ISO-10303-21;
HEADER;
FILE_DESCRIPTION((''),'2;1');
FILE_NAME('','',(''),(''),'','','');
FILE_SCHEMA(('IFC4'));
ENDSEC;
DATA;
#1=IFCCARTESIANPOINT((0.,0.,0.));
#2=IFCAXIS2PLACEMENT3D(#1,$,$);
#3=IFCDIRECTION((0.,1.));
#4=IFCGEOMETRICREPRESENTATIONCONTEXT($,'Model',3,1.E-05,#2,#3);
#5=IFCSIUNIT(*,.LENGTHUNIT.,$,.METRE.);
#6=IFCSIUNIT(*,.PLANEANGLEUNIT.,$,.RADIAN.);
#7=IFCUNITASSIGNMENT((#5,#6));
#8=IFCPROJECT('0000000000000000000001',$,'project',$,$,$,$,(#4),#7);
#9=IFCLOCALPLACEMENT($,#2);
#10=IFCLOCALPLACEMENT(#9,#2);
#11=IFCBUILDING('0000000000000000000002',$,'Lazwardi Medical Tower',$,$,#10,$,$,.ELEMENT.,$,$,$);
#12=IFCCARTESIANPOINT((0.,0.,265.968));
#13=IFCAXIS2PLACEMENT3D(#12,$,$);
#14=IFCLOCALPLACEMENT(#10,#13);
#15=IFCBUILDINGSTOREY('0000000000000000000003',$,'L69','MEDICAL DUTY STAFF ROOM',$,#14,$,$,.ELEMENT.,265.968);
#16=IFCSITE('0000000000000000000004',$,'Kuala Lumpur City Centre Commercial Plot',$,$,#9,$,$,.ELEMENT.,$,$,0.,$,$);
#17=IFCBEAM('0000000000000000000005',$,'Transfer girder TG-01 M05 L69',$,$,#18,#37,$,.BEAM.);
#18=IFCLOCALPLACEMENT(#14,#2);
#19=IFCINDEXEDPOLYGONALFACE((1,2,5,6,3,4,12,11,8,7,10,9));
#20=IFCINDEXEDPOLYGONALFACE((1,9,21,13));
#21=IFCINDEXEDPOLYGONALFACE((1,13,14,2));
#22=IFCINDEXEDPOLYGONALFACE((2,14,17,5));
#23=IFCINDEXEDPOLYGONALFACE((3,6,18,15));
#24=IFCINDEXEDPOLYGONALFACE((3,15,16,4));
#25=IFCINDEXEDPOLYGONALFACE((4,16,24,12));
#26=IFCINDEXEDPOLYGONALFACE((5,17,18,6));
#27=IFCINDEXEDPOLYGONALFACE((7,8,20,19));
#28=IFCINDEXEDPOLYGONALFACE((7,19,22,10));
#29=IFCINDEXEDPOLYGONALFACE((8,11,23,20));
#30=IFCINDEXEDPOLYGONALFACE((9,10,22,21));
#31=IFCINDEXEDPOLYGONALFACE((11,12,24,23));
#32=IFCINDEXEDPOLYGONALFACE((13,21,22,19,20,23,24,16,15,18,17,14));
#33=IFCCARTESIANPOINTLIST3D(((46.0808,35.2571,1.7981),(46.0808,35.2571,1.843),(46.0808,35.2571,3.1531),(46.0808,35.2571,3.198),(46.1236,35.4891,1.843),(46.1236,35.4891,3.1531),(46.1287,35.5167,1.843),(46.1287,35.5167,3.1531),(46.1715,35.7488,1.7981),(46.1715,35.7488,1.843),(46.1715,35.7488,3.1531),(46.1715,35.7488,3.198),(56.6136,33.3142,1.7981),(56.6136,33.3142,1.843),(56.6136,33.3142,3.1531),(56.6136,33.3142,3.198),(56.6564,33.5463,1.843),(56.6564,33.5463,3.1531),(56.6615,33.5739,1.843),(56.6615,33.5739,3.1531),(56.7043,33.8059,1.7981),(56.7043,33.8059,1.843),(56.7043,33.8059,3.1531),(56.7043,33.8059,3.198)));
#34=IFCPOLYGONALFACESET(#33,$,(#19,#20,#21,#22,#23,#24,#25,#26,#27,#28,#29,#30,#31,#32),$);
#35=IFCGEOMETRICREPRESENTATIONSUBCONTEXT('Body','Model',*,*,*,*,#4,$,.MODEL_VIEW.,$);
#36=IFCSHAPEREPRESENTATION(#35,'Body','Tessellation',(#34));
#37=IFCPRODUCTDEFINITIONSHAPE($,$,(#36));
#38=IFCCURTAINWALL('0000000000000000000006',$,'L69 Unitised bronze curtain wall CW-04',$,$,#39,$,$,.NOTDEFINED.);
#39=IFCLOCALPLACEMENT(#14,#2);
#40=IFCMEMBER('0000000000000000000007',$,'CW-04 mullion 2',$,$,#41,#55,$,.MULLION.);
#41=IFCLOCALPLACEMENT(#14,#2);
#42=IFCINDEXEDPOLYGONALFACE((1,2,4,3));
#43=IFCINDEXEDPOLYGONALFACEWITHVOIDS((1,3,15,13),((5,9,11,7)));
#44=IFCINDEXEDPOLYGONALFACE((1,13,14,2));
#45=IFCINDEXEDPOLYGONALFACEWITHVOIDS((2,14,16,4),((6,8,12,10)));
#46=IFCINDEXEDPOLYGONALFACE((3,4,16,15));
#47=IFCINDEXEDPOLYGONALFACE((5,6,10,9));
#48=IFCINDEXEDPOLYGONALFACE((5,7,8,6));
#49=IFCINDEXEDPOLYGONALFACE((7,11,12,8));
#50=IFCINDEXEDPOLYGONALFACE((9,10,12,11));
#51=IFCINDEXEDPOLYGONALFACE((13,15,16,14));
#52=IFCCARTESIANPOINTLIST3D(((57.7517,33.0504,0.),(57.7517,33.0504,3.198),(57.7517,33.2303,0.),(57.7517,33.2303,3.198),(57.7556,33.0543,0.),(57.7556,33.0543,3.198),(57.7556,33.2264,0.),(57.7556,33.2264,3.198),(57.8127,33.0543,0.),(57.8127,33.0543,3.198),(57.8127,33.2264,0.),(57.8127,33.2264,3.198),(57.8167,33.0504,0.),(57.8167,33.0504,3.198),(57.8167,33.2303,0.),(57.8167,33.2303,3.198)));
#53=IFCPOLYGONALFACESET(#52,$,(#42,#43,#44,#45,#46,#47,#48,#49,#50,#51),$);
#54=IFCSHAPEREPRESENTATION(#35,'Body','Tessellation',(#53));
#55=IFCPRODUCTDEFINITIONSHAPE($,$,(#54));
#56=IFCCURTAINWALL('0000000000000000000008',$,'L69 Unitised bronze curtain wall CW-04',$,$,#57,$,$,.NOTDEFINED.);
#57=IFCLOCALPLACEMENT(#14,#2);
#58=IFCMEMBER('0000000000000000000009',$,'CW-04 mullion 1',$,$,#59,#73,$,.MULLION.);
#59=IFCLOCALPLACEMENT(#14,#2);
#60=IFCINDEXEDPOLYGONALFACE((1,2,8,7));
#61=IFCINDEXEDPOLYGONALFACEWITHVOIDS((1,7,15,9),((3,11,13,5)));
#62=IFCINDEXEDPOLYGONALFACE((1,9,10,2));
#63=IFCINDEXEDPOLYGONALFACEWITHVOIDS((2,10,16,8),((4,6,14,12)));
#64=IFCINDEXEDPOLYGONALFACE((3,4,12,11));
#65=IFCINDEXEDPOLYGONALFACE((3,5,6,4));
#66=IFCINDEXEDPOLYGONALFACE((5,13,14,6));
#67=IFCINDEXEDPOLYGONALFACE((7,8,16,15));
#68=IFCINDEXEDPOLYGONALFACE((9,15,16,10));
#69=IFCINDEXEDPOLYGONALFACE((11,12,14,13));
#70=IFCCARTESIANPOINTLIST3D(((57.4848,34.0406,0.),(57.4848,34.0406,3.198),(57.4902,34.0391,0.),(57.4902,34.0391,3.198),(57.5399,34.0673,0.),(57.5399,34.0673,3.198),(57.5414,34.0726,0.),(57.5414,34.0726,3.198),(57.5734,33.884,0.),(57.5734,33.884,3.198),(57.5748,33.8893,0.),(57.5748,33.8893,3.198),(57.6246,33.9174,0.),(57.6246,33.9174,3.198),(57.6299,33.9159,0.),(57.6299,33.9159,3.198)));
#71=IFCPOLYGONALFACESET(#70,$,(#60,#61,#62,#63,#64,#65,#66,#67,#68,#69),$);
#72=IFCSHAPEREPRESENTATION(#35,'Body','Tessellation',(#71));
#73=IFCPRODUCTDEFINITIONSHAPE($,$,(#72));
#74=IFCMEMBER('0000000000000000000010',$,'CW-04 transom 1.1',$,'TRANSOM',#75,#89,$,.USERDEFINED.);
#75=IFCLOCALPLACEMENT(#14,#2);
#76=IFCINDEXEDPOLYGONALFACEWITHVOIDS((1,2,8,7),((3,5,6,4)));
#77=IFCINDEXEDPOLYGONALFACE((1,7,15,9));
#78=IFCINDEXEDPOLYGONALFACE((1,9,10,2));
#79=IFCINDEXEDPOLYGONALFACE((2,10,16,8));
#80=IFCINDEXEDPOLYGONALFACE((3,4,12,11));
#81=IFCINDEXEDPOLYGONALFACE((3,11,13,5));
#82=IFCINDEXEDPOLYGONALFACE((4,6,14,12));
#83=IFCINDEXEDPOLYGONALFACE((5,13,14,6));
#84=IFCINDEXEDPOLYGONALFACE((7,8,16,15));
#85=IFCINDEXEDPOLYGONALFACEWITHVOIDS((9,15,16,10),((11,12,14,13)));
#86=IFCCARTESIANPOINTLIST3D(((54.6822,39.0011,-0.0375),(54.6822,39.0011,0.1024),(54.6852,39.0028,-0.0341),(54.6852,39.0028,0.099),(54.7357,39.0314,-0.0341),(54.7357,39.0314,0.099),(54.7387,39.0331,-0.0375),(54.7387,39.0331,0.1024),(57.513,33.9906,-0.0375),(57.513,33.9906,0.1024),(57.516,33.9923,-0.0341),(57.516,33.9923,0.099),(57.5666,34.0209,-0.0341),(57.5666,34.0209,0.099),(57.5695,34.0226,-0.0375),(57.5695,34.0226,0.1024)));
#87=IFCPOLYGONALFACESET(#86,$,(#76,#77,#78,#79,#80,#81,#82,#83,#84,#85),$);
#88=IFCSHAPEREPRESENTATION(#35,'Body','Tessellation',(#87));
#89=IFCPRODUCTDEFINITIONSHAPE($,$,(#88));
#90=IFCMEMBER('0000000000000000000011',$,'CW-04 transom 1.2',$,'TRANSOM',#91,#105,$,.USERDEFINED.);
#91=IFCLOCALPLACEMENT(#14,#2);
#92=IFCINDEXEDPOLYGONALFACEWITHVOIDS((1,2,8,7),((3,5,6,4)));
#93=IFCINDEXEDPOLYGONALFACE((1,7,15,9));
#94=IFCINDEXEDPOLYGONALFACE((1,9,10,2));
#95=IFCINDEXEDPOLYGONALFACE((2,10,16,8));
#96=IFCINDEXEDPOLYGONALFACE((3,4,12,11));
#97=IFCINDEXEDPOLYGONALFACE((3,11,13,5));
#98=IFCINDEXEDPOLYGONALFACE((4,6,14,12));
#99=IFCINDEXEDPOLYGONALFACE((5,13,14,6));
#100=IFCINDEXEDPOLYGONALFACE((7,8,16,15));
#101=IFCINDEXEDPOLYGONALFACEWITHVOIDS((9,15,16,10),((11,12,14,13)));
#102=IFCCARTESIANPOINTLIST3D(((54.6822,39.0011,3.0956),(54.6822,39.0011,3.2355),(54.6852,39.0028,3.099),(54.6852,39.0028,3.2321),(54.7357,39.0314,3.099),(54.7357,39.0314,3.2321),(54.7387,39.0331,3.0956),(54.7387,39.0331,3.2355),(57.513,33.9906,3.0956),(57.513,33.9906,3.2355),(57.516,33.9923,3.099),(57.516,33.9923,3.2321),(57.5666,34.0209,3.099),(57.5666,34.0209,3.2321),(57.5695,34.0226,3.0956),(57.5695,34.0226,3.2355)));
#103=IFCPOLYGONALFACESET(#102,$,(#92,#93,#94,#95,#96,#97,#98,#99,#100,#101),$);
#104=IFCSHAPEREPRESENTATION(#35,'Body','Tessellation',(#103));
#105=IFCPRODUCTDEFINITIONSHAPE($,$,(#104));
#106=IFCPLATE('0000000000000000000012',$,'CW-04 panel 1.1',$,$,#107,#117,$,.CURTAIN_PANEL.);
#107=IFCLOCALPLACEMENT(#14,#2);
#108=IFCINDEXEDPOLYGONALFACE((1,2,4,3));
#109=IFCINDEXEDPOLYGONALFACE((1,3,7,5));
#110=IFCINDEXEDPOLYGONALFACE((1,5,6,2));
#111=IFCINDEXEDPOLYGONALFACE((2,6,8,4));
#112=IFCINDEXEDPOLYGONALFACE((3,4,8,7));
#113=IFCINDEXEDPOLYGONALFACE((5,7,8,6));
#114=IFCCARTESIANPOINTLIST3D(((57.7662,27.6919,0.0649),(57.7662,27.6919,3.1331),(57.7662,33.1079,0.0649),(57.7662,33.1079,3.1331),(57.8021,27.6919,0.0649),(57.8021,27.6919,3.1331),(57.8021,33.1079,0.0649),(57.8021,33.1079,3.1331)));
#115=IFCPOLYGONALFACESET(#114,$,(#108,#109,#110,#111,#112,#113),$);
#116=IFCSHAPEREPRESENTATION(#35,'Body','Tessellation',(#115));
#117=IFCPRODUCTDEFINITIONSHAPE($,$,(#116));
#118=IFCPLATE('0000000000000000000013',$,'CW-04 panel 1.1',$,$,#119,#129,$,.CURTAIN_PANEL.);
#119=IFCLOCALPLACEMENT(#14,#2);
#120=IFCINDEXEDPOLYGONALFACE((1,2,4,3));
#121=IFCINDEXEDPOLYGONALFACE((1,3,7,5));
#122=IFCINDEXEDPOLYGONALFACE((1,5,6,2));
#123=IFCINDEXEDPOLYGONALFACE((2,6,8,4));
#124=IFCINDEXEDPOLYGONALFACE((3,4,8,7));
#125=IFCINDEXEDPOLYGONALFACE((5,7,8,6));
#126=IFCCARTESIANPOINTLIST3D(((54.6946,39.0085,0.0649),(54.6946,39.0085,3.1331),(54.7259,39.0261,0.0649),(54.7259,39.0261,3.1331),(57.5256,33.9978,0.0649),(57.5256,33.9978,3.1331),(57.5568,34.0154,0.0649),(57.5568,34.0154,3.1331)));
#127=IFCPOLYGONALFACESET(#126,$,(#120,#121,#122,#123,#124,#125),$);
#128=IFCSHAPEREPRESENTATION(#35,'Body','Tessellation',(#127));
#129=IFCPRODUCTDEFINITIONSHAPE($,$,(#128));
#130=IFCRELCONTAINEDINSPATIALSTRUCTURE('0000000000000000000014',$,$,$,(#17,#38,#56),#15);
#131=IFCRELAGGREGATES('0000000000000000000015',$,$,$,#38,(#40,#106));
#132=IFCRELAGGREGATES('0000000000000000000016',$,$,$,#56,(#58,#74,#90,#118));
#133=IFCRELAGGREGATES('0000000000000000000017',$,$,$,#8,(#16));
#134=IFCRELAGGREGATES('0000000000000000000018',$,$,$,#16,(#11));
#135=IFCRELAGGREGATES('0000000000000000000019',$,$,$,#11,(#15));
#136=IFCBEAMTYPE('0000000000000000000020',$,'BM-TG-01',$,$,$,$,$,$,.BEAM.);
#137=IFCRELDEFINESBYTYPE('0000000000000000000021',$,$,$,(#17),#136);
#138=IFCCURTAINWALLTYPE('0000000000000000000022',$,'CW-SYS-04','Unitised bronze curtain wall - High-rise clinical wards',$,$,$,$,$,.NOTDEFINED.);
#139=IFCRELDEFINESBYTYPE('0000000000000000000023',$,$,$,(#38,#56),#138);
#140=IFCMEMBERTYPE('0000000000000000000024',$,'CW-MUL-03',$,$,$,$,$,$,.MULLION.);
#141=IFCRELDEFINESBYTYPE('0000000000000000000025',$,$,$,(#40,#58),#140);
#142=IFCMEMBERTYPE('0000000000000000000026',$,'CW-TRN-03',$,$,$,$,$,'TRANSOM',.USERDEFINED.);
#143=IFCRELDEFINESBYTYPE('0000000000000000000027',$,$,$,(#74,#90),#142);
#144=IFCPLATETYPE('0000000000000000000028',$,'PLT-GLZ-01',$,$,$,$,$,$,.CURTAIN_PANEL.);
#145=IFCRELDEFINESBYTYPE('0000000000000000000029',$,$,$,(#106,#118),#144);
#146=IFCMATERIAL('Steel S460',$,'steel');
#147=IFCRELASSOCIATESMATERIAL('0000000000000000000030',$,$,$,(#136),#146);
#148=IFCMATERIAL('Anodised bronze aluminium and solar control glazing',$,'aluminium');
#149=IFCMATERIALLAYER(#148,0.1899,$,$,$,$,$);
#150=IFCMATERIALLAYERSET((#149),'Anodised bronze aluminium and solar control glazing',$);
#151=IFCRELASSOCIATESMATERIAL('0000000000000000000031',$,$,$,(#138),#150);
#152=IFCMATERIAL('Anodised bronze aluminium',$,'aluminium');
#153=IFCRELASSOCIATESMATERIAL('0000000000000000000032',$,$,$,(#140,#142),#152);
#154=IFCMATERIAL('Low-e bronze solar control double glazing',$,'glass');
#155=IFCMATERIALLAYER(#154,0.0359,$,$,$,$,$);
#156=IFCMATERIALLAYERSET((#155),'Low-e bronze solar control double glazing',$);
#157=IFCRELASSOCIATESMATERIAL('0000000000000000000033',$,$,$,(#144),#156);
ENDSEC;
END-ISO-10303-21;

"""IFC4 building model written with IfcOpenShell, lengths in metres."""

from ifc_helpers import new_model, si_unit, direction, frame, origin, origin_2d, place, context, subcontext, project, spatial, rectangle, hollow_rectangle, i_section, extrude, material, layer, layer_set, material_profile, profile_set, type_object, element, aggregate, save


model = new_model("IFC4")

# Units and contexts
model_context = context("Model", 3, precision=1e-05, world=origin(), true_north=direction((0.0, 1.0)))
body_context = subcontext(model_context, "Body", "Model", "MODEL_VIEW")
ifc_project = project(units=[si_unit("LENGTHUNIT", "METRE"), si_unit("PLANEANGLEUNIT", "RADIAN")], contexts=[model_context])

# Site, building, storey
site_placement = place(None, origin())
site = spatial("IfcSite", under=ifc_project, at=site_placement, Name="Kuala Lumpur City Centre Commercial Plot", CompositionType="ELEMENT", RefElevation=0.0)
building_placement = place(site_placement, origin())
building = spatial("IfcBuilding", under=site, at=building_placement, Name="Lazwardi Medical Tower", CompositionType="ELEMENT")
storey_placement = place(building_placement, frame((0.0, 0.0, 265.968)))
storey = spatial("IfcBuildingStorey", under=building, at=storey_placement, Name="L69", Description="MEDICAL DUTY STAFF ROOM", CompositionType="ELEMENT", Elevation=265.968)

# Beam
ifc_material_1 = material(Name="Steel S460", Category="steel")
ifc_material_profile_1 = material_profile(ifc_material_1, i_section(OverallWidth=0.5, OverallDepth=1.3999, WebThickness=0.0281, FlangeThickness=0.0449, at=origin_2d()), Name="PG 1400x500")
ifc_profile_set_1 = profile_set([ifc_material_profile_1], Name="Steel S460")
beam_type_1 = type_object("IfcBeamType", Name="BM-TG-01", PredefinedType="BEAM", material=ifc_profile_set_1)
beam_1_placement = place(storey_placement, frame((56.6589, 33.5601, 2.498), z_axis=(-0.983409, 0.1814, 0.0), x_axis=(-0.1814, -0.983409, 0.0)))
element("IfcBeam", 1, at=beam_1_placement, inside=storey, type_object=beam_type_1, Name="Transfer girder TG-01 M05 L69", PredefinedType="BEAM", context=body_context, shape_type="SweptSolid", body=[
    extrude(i_section(OverallWidth=0.5, OverallDepth=1.3999, WebThickness=0.0281, FlangeThickness=0.0449, at=origin_2d()), origin(), (0.0, 0.0, 1.0), 10.7104),
])

# Curtain wall, member
ifc_material_2 = material(Name="Anodised bronze aluminium and solar control glazing", Category="aluminium")
ifc_layer_1 = layer(ifc_material_2, 0.1899)
ifc_layer_set_1 = layer_set([ifc_layer_1], Name="Anodised bronze aluminium and solar control glazing")
curtain_wall_type = type_object("IfcCurtainWallType", Name="CW-SYS-04", Description="Unitised bronze curtain wall - High-rise clinical wards", PredefinedType="NOTDEFINED", material=ifc_layer_set_1)
curtain_wall_1_placement = place(storey_placement, origin())
curtain_wall_1 = element("IfcCurtainWall", 2, at=curtain_wall_1_placement, inside=storey, type_object=curtain_wall_type, Name="L69 Unitised bronze curtain wall CW-04", PredefinedType="NOTDEFINED")
ifc_material_3 = material(Name="Anodised bronze aluminium", Category="aluminium")
ifc_material_profile_2 = material_profile(ifc_material_3, hollow_rectangle(XDim=0.0649, YDim=0.1799, WallThickness=0.0039, at=origin_2d()), Name="ALU-MULLION 180x65x4")
ifc_profile_set_2 = profile_set([ifc_material_profile_2], Name="Anodised bronze aluminium")
member_type_1 = type_object("IfcMemberType", Name="CW-MUL-03", PredefinedType="MULLION", material=ifc_profile_set_2)
member_1_placement = place(storey_placement, frame((57.7842, 33.1404, 0.0), z_axis=(0.0, 0.0, 1.0), x_axis=(-1.0, 0.0, 0.0)))
member_1 = element("IfcMember", 3, at=member_1_placement, type_object=member_type_1, Name="CW-04 mullion 2", PredefinedType="MULLION", context=body_context, shape_type="SweptSolid", body=[
    extrude(hollow_rectangle(XDim=0.0649, YDim=0.1799, WallThickness=0.0039, at=origin_2d()), origin(), (0.0, 0.0, 1.0), 3.198),
])

# Curtain wall, members
curtain_wall_2_placement = place(storey_placement, origin())
curtain_wall_2 = element("IfcCurtainWall", 4, at=curtain_wall_2_placement, inside=storey, type_object=curtain_wall_type, Name="L69 Unitised bronze curtain wall CW-04", PredefinedType="NOTDEFINED")
member_2_placement = place(storey_placement, frame((57.5574, 33.9783, 0.0), z_axis=(0.0, 0.0, 1.0), x_axis=(-0.870651, -0.4919, 0.0)))
member_2 = element("IfcMember", 5, at=member_2_placement, type_object=member_type_1, Name="CW-04 mullion 1", PredefinedType="MULLION", context=body_context, shape_type="SweptSolid", body=[
    extrude(hollow_rectangle(XDim=0.0649, YDim=0.1799, WallThickness=0.0039, at=origin_2d()), origin(), (0.0, 0.0, 1.0), 3.198),
])
ifc_material_profile_3 = material_profile(ifc_material_3, hollow_rectangle(XDim=0.0649, YDim=0.1399, WallThickness=0.0034, at=origin_2d()), Name="ALU-TRANSOM 140x65x3.5")
ifc_profile_set_3 = profile_set([ifc_material_profile_3], Name="Anodised bronze aluminium")
member_type_2 = type_object("IfcMemberType", Name="CW-TRN-03", ElementType="TRANSOM", PredefinedType="USERDEFINED", material=ifc_profile_set_3)
member_3_placement = place(storey_placement, frame((57.5413, 34.0066, 0.0325), z_axis=(-0.491898, 0.870653, 0.0), x_axis=(-0.870653, -0.491898, 0.0)))
member_3 = element("IfcMember", 6, at=member_3_placement, type_object=member_type_2, Name="CW-04 transom 1.1", ObjectType="TRANSOM", PredefinedType="USERDEFINED", context=body_context, shape_type="SweptSolid", body=[
    extrude(hollow_rectangle(XDim=0.0649, YDim=0.1399, WallThickness=0.0034, at=origin_2d()), origin(), (0.0, 0.0, 1.0), 5.7549),
])
member_4_placement = place(storey_placement, frame((57.5413, 34.0066, 3.1655), z_axis=(-0.491898, 0.870653, 0.0), x_axis=(-0.870653, -0.491898, 0.0)))
member_4 = element("IfcMember", 7, at=member_4_placement, type_object=member_type_2, Name="CW-04 transom 1.2", ObjectType="TRANSOM", PredefinedType="USERDEFINED", context=body_context, shape_type="SweptSolid", body=[
    extrude(hollow_rectangle(XDim=0.0649, YDim=0.1399, WallThickness=0.0034, at=origin_2d()), origin(), (0.0, 0.0, 1.0), 5.7549),
])

# Plates
ifc_material_4 = material(Name="Low-e bronze solar control double glazing", Category="glass")
ifc_layer_2 = layer(ifc_material_4, 0.0359)
ifc_layer_set_2 = layer_set([ifc_layer_2], Name="Low-e bronze solar control double glazing")
plate_type = type_object("IfcPlateType", Name="PLT-GLZ-01", PredefinedType="CURTAIN_PANEL", material=ifc_layer_set_2)
plate_1_placement = place(storey_placement, frame((57.7842, 30.3999, 0.0649), z_axis=(0.0, 0.0, 1.0), x_axis=(0.0, 1.0, 0.0)))
plate_1 = element("IfcPlate", 8, at=plate_1_placement, type_object=plate_type, Name="CW-04 panel 1.1", PredefinedType="CURTAIN_PANEL", context=body_context, shape_type="SweptSolid", body=[
    extrude(rectangle(XDim=5.416, YDim=0.0359, at=origin_2d()), origin(), (0.0, 0.0, 1.0), 3.0681),
])
aggregate(curtain_wall_1, [member_1, plate_1])
plate_2_placement = place(storey_placement, frame((56.1257, 36.512, 0.0649), z_axis=(0.0, 0.0, 1.0), x_axis=(-0.4919, 0.870651, 0.0)))
plate_2 = element("IfcPlate", 9, at=plate_2_placement, type_object=plate_type, Name="CW-04 panel 1.1", PredefinedType="CURTAIN_PANEL", context=body_context, shape_type="SweptSolid", body=[
    extrude(rectangle(XDim=5.7551, YDim=0.0359, at=origin_2d()), origin(), (0.0, 0.0, 1.0), 3.0681),
])
aggregate(curtain_wall_2, [member_2, member_3, member_4, plate_2])

save(model, "model.ifc")
